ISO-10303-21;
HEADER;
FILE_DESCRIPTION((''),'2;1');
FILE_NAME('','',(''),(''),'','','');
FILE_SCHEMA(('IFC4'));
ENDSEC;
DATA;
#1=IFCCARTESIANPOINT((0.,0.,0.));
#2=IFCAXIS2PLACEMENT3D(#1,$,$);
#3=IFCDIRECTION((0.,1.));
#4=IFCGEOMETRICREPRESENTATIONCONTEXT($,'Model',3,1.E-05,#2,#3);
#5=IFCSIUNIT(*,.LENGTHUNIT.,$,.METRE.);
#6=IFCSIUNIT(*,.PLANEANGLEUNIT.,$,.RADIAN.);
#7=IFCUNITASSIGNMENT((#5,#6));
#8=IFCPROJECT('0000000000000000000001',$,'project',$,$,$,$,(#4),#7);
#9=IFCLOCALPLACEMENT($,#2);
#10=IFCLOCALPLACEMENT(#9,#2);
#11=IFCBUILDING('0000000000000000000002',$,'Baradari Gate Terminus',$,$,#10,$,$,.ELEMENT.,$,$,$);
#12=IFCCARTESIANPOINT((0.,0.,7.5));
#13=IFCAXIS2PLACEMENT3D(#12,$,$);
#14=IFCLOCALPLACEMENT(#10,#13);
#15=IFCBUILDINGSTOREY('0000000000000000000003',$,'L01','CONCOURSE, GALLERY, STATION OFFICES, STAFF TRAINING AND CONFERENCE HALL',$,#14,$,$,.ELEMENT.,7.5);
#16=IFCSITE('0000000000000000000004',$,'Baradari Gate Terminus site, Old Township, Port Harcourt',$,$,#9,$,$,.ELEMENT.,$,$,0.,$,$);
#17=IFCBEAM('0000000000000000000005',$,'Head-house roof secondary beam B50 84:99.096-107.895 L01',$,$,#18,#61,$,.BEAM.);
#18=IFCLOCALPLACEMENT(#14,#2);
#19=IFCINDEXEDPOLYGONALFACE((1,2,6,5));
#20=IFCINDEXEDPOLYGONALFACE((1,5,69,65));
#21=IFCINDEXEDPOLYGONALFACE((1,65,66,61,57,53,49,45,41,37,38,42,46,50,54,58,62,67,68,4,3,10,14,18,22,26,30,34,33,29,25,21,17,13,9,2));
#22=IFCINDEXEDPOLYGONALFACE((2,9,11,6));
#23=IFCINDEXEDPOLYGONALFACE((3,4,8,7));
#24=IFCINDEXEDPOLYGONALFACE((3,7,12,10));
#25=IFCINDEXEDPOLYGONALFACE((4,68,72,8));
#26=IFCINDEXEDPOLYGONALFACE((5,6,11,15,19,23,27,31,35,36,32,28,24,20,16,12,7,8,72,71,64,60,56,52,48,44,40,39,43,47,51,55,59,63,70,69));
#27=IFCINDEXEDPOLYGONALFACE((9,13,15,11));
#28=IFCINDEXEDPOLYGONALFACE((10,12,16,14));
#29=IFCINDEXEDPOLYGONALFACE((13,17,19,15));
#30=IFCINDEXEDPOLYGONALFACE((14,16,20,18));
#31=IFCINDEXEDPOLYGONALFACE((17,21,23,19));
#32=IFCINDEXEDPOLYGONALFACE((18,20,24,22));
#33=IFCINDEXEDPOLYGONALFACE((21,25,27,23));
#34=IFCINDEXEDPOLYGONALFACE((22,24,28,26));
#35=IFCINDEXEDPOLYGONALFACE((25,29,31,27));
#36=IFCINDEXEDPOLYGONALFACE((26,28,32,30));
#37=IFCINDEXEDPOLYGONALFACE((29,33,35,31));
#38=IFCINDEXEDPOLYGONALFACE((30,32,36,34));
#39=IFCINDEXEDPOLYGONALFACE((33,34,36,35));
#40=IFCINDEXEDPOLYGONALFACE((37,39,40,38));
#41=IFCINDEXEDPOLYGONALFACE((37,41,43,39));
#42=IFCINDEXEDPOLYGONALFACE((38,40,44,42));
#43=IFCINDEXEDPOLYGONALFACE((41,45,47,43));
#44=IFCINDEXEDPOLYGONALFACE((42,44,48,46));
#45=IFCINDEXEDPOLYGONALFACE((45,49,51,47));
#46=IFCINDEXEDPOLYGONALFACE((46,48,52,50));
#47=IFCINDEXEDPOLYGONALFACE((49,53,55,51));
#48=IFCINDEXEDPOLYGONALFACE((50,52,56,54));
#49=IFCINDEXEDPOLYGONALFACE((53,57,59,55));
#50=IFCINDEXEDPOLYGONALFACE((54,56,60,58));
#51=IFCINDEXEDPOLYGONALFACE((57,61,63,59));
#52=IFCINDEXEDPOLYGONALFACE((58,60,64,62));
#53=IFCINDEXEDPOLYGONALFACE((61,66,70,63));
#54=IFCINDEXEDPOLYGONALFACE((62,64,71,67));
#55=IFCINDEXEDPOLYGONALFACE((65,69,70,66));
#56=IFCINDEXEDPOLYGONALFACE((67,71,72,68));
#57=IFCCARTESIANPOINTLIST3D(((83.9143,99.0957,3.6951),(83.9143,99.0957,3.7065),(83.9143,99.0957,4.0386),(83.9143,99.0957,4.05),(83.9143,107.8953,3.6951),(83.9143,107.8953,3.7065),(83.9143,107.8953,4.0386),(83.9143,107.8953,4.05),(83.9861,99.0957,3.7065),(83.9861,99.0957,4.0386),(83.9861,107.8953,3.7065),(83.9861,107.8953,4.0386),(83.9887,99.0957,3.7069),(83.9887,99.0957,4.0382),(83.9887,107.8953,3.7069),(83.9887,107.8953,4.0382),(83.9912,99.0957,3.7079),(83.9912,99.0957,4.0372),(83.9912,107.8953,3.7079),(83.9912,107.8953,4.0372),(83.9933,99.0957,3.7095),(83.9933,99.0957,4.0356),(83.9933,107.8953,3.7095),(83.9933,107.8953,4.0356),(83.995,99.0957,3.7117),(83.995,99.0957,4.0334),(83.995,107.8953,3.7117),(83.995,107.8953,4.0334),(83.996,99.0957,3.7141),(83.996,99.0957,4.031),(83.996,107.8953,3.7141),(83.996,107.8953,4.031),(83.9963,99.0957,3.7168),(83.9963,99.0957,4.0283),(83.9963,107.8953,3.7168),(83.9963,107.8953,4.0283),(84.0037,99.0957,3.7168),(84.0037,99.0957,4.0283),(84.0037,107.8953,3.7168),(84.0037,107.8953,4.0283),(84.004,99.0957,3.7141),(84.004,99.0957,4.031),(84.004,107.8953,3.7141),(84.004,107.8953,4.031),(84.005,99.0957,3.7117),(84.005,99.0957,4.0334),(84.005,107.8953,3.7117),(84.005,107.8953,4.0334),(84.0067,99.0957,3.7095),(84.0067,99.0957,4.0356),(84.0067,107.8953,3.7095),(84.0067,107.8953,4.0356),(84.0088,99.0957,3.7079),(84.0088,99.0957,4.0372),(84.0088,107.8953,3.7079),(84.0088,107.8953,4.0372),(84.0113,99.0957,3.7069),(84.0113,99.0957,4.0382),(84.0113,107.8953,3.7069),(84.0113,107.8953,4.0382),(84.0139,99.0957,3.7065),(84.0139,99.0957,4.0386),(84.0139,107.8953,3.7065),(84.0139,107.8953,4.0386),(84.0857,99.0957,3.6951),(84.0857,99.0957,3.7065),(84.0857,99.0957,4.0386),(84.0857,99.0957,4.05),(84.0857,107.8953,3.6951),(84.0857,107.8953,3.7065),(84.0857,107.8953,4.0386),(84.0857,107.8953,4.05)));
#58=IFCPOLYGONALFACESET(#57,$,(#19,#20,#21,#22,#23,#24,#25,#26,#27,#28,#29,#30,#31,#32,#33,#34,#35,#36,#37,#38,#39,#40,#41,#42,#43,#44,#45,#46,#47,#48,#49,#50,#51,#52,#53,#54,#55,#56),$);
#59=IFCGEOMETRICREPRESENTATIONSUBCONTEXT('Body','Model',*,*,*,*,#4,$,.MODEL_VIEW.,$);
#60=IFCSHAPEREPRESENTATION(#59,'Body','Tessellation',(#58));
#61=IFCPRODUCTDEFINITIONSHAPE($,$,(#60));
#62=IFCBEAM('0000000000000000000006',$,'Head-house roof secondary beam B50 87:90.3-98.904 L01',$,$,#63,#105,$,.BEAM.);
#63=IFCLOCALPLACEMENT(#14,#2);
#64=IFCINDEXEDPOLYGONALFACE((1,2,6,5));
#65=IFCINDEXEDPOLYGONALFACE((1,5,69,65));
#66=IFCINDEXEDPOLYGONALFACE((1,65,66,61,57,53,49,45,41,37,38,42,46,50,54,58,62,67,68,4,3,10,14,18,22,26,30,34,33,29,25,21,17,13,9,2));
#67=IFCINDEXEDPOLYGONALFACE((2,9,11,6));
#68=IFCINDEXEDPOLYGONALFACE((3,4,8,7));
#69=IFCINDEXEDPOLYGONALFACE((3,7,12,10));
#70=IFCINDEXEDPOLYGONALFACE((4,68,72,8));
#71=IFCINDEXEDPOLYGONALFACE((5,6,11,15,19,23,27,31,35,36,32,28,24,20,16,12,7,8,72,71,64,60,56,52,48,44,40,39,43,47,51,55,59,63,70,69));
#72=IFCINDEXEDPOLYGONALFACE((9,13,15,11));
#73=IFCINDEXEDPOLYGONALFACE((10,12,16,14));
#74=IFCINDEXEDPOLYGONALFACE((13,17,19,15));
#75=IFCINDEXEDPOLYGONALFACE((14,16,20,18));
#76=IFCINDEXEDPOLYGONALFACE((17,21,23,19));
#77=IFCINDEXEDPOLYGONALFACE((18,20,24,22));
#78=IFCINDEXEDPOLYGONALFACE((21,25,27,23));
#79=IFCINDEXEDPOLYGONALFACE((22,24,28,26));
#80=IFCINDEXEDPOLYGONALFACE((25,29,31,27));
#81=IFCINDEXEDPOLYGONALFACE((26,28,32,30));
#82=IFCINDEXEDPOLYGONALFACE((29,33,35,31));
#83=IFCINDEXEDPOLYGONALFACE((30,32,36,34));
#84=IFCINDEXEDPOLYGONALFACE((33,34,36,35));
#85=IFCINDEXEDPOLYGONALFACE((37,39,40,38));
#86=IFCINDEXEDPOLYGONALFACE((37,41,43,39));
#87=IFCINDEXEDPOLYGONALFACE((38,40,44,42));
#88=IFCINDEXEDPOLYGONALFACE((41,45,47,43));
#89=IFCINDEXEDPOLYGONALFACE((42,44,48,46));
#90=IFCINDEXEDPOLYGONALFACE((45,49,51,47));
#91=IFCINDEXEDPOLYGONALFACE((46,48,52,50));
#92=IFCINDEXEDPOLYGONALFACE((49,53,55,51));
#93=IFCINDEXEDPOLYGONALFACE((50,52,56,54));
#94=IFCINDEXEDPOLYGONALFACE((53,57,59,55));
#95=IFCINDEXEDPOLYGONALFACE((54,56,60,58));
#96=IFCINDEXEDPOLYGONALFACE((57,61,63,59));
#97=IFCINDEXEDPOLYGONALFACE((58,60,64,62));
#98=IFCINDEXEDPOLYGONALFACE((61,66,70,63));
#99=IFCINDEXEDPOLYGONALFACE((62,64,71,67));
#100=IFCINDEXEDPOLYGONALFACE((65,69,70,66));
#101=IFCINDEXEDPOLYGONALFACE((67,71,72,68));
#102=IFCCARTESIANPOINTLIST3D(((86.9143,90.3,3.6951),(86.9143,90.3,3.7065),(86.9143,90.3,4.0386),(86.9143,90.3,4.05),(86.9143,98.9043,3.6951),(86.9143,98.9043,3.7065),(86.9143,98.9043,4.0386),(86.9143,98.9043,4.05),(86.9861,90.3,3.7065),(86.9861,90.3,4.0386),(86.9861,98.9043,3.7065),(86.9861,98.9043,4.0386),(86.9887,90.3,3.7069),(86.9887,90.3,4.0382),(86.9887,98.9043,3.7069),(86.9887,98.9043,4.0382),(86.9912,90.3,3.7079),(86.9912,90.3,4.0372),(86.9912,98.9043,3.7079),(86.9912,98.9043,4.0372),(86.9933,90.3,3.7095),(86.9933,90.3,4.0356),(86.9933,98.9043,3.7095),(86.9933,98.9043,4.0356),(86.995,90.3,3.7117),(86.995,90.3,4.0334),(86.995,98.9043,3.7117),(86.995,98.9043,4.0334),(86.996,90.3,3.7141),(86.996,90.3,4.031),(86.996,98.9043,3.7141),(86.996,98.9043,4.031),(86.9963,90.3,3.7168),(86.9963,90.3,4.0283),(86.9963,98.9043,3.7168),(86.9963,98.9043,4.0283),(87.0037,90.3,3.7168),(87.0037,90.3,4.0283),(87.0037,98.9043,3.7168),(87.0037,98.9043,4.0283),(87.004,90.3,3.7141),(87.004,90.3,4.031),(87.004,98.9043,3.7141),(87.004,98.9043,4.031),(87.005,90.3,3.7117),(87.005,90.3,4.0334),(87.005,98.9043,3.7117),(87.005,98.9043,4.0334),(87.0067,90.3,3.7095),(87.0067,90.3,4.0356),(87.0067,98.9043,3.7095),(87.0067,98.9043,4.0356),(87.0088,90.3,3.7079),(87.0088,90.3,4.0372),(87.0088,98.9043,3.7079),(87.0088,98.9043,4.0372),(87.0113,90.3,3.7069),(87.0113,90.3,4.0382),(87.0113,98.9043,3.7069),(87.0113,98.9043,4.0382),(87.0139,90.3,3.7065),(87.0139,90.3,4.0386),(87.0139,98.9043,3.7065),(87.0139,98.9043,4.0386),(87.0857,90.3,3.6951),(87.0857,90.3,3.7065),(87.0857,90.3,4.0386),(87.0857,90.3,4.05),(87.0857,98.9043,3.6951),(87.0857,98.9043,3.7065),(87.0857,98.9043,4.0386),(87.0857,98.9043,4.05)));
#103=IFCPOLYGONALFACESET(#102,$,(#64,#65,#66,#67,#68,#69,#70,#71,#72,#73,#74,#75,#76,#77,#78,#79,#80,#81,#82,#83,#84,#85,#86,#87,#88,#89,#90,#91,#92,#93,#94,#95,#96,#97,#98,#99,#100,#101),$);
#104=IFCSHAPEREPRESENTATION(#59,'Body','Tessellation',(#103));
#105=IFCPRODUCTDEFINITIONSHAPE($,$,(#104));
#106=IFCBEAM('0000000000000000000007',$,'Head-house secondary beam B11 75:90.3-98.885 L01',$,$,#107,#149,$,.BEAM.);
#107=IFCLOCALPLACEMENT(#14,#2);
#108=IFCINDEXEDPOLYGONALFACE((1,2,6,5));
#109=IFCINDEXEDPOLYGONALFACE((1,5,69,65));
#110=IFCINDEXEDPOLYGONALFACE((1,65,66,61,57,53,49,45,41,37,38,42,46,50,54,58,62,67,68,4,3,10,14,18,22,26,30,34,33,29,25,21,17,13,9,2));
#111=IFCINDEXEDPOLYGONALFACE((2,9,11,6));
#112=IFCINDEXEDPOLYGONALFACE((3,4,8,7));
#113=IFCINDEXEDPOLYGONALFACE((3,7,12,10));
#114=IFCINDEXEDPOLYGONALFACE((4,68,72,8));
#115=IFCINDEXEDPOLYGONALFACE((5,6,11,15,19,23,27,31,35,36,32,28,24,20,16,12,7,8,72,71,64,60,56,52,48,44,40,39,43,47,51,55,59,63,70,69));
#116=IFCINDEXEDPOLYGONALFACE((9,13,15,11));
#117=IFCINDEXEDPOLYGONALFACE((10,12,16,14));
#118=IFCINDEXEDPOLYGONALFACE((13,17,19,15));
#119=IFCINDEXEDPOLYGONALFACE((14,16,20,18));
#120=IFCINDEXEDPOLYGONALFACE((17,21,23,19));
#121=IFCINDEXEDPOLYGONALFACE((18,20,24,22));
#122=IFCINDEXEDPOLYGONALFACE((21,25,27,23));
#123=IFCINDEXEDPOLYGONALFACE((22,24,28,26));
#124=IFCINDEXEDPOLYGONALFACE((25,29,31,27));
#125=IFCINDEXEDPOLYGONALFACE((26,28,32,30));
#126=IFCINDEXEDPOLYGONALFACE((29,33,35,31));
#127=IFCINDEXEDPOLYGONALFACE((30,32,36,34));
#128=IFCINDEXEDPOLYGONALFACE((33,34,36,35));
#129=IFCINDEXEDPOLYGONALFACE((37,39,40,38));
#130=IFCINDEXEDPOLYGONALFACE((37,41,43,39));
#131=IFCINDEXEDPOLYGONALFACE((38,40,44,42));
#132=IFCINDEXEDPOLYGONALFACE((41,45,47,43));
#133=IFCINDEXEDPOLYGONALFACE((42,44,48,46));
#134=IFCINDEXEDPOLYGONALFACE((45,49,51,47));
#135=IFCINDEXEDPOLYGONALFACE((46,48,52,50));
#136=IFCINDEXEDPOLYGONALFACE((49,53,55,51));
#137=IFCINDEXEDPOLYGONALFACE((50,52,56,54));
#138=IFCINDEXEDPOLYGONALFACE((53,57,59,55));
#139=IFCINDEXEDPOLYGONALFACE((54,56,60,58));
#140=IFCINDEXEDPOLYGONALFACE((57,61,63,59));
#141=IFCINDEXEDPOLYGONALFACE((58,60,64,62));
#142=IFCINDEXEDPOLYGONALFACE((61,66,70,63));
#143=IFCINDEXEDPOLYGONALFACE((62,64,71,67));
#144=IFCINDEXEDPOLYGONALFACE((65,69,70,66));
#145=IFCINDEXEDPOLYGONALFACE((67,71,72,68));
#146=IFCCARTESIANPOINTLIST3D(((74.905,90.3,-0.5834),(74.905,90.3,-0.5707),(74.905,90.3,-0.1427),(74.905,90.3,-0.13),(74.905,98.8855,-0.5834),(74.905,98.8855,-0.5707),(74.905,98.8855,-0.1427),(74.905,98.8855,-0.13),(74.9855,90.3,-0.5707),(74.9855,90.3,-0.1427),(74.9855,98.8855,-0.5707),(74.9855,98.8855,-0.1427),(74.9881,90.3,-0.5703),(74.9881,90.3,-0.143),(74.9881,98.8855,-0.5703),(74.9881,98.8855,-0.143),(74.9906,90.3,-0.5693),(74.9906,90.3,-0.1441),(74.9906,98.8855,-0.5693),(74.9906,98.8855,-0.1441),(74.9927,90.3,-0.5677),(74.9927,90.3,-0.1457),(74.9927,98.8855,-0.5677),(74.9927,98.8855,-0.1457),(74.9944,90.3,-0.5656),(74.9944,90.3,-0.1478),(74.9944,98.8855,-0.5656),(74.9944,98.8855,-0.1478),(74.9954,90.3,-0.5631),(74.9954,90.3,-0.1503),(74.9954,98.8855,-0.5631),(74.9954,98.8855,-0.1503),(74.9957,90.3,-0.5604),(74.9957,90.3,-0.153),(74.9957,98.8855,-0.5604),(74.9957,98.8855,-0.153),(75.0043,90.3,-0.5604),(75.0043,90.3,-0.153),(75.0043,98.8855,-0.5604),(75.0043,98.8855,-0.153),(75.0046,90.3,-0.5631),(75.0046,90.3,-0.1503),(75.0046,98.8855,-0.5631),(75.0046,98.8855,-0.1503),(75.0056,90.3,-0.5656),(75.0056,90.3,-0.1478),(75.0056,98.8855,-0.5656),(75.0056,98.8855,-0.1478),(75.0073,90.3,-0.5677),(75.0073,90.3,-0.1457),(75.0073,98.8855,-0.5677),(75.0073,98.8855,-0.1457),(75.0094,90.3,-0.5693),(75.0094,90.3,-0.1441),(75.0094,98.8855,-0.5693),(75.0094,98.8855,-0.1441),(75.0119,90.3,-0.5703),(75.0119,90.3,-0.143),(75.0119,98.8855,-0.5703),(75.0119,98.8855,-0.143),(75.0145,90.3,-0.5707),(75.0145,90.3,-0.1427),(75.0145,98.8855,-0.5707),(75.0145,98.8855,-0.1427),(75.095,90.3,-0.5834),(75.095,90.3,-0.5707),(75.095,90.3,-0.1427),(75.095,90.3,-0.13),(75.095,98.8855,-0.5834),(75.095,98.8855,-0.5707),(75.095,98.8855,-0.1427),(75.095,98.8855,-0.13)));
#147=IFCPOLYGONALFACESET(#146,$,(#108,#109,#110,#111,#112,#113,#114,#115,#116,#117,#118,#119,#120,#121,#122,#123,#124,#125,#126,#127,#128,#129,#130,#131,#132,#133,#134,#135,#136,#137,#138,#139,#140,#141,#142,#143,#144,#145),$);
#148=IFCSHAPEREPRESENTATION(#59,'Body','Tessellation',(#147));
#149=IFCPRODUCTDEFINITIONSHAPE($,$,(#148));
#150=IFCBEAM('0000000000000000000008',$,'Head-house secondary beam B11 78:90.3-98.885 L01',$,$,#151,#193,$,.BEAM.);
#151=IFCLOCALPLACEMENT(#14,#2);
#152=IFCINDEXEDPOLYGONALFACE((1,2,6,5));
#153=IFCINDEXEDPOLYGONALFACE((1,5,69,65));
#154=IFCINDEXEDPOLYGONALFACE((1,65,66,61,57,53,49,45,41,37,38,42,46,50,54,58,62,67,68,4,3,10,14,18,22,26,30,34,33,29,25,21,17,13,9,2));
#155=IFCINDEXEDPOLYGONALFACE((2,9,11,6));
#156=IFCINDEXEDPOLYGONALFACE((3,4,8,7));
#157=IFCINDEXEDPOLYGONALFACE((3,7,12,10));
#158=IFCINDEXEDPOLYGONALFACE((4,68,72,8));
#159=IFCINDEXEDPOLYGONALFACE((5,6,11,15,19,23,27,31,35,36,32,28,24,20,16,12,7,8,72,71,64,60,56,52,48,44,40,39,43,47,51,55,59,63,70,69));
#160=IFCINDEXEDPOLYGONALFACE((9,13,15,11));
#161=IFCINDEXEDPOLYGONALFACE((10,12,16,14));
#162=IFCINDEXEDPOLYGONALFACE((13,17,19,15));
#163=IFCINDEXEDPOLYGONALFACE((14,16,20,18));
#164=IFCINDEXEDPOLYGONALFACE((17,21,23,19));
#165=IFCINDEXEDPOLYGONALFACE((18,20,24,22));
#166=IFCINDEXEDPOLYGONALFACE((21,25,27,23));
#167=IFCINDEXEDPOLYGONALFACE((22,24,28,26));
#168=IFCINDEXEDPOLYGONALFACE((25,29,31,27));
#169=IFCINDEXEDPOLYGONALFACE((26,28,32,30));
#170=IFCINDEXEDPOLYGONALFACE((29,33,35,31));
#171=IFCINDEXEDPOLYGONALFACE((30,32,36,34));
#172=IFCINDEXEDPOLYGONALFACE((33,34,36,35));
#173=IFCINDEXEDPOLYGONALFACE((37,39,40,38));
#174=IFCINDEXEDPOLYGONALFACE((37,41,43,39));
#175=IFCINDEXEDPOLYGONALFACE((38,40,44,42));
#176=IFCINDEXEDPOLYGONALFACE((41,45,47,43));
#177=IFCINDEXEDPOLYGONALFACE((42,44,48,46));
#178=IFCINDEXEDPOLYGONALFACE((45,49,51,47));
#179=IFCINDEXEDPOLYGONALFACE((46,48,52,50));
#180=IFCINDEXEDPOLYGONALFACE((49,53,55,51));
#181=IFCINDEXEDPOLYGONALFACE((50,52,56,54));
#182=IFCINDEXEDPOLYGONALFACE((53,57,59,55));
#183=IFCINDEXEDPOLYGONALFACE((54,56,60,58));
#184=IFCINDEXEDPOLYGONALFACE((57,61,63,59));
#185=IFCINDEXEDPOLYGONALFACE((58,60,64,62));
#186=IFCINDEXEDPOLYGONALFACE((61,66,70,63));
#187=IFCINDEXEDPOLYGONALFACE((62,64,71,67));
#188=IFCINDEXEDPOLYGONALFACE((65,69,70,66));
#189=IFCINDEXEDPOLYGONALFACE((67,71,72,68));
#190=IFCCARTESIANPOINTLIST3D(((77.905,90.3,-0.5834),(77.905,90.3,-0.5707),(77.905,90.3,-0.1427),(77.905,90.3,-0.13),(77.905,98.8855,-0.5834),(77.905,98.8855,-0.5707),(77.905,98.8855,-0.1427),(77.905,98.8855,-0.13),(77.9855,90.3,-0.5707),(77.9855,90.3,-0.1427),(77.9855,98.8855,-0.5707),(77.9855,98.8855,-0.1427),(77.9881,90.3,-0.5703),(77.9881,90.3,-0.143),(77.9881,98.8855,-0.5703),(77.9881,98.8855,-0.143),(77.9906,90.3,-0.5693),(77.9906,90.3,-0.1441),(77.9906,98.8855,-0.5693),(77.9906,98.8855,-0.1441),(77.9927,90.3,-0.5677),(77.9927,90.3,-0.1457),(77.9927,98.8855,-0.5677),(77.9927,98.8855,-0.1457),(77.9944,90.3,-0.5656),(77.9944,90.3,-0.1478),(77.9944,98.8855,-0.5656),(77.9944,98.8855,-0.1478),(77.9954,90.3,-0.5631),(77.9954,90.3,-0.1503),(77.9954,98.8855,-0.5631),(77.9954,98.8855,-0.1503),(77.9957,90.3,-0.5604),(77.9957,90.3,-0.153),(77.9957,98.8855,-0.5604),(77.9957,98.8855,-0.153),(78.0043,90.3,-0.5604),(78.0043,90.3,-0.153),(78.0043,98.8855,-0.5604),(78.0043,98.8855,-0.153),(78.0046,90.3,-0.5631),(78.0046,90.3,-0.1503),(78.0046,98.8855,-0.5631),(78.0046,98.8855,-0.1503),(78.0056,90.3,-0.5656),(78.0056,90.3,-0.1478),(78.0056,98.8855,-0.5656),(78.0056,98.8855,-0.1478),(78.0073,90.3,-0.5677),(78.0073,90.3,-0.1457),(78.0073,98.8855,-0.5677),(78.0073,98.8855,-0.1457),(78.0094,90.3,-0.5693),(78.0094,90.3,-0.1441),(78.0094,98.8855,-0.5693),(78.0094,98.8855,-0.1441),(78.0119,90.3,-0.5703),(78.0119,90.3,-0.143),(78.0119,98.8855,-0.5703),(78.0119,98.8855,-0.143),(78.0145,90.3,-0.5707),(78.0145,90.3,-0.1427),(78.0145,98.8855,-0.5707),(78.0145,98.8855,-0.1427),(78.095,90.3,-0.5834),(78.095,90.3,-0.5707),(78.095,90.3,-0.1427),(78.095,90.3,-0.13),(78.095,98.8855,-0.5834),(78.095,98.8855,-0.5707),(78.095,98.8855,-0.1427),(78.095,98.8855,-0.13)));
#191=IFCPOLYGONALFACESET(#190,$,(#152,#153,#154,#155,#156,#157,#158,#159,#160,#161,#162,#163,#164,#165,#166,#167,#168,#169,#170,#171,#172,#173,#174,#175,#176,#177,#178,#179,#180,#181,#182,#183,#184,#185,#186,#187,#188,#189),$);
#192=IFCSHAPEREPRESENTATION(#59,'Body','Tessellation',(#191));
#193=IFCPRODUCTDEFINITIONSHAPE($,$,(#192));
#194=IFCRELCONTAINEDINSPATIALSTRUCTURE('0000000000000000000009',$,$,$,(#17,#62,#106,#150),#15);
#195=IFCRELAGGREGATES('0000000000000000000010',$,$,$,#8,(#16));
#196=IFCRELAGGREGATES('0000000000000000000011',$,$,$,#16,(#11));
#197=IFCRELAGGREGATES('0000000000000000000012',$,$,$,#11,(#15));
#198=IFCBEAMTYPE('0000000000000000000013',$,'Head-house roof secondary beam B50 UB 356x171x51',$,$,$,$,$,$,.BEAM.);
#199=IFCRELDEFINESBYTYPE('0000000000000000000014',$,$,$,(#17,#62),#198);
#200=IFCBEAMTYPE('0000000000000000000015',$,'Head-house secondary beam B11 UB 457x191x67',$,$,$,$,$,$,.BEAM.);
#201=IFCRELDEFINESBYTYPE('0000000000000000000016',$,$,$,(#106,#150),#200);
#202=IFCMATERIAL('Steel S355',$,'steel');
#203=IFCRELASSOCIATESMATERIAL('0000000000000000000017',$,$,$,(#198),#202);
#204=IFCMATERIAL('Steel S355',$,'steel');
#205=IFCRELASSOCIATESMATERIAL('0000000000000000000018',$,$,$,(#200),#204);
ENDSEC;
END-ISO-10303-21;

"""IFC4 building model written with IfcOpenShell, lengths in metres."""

from ifc_helpers import new_model, si_unit, direction, frame, origin, origin_2d, place, context, subcontext, project, spatial, i_section, extrude, material, material_profile, profile_set, type_object, element, save


model = new_model("IFC4")

# Units and contexts
model_context = context("Model", 3, precision=1e-05, world=origin(), true_north=direction((0.0, 1.0)))
body_context = subcontext(model_context, "Body", "Model", "MODEL_VIEW")
ifc_project = project(units=[si_unit("LENGTHUNIT", "METRE"), si_unit("PLANEANGLEUNIT", "RADIAN")], contexts=[model_context])

# Site, building, storey
site_placement = place(None, origin())
site = spatial("IfcSite", under=ifc_project, at=site_placement, Name="Baradari Gate Terminus site, Old Township, Port Harcourt", CompositionType="ELEMENT", RefElevation=0.0)
building_placement = place(site_placement, origin())
building = spatial("IfcBuilding", under=site, at=building_placement, Name="Baradari Gate Terminus", CompositionType="ELEMENT")
storey_placement = place(building_placement, frame((0.0, 0.0, 7.5)))
storey = spatial("IfcBuildingStorey", under=building, at=storey_placement, Name="L01", Description="CONCOURSE, GALLERY, STATION OFFICES, STAFF TRAINING AND CONFERENCE HALL", CompositionType="ELEMENT", Elevation=7.5)

# Beams
ifc_material_1 = material(Name="Steel S355", Category="steel")
ifc_material_profile_1 = material_profile(ifc_material_1, i_section(OverallWidth=0.1714, OverallDepth=0.355, WebThickness=0.0073, FlangeThickness=0.0115, FilletRadius=0.0103, at=origin_2d()), Name="UB 356x171x51")
ifc_profile_set_1 = profile_set([ifc_material_profile_1], Name="Steel S355")
beam_type_1 = type_object("IfcBeamType", Name="Head-house roof secondary beam B50 UB 356x171x51", PredefinedType="BEAM", material=ifc_profile_set_1)
beam_1_placement = place(storey_placement, frame((84.0, 99.0957, 3.8726), z_axis=(0.0, 1.0, 0.0), x_axis=(-1.0, 0.0, 0.0)))
element("IfcBeam", 1, at=beam_1_placement, inside=storey, type_object=beam_type_1, Name="Head-house roof secondary beam B50 84:99.096-107.895 L01", PredefinedType="BEAM", context=body_context, shape_type="SweptSolid", body=[
    extrude(i_section(OverallWidth=0.1714, OverallDepth=0.355, WebThickness=0.0073, FlangeThickness=0.0115, FilletRadius=0.0103, at=origin_2d()), origin(), (0.0, 0.0, 1.0), 8.7996),
])
beam_2_placement = place(storey_placement, frame((87.0, 90.3, 3.8726), z_axis=(0.0, 1.0, 0.0), x_axis=(-1.0, 0.0, 0.0)))
element("IfcBeam", 2, at=beam_2_placement, inside=storey, type_object=beam_type_1, Name="Head-house roof secondary beam B50 87:90.3-98.904 L01", PredefinedType="BEAM", context=body_context, shape_type="SweptSolid", body=[
    extrude(i_section(OverallWidth=0.1714, OverallDepth=0.355, WebThickness=0.0073, FlangeThickness=0.0115, FilletRadius=0.0103, at=origin_2d()), origin(), (0.0, 0.0, 1.0), 8.6042),
])
ifc_material_2 = material(Name="Steel S355", Category="steel")
ifc_material_profile_2 = material_profile(ifc_material_2, i_section(OverallWidth=0.1899, OverallDepth=0.4534, WebThickness=0.0085, FlangeThickness=0.0127, FilletRadius=0.0103, at=origin_2d()), Name="UB 457x191x67")
ifc_profile_set_2 = profile_set([ifc_material_profile_2], Name="Steel S355")
beam_type_2 = type_object("IfcBeamType", Name="Head-house secondary beam B11 UB 457x191x67", PredefinedType="BEAM", material=ifc_profile_set_2)
for number, where, z_axis, x_axis, name in (
    (3, (75.0, 90.3, -0.3567), (0.0, 1.0, 0.0), (-1.0, 0.0, 0.0), "Head-house secondary beam B11 75:90.3-98.885 L01"),
    (4, (78.0, 90.3, -0.3567), (0.0, 1.0, 0.0), (-1.0, 0.0, 0.0), "Head-house secondary beam B11 78:90.3-98.885 L01"),
):
    element("IfcBeam", number, at=place(storey_placement, frame(where, z_axis=z_axis, x_axis=x_axis)), inside=storey, type_object=beam_type_2, Name=name, PredefinedType="BEAM", context=body_context, shape_type="SweptSolid", body=[
        extrude(i_section(OverallWidth=0.1899, OverallDepth=0.4534, WebThickness=0.0085, FlangeThickness=0.0127, FilletRadius=0.0103, at=origin_2d()), origin(), (0.0, 0.0, 1.0), 8.5854),
    ])

save(model, "model.ifc")
